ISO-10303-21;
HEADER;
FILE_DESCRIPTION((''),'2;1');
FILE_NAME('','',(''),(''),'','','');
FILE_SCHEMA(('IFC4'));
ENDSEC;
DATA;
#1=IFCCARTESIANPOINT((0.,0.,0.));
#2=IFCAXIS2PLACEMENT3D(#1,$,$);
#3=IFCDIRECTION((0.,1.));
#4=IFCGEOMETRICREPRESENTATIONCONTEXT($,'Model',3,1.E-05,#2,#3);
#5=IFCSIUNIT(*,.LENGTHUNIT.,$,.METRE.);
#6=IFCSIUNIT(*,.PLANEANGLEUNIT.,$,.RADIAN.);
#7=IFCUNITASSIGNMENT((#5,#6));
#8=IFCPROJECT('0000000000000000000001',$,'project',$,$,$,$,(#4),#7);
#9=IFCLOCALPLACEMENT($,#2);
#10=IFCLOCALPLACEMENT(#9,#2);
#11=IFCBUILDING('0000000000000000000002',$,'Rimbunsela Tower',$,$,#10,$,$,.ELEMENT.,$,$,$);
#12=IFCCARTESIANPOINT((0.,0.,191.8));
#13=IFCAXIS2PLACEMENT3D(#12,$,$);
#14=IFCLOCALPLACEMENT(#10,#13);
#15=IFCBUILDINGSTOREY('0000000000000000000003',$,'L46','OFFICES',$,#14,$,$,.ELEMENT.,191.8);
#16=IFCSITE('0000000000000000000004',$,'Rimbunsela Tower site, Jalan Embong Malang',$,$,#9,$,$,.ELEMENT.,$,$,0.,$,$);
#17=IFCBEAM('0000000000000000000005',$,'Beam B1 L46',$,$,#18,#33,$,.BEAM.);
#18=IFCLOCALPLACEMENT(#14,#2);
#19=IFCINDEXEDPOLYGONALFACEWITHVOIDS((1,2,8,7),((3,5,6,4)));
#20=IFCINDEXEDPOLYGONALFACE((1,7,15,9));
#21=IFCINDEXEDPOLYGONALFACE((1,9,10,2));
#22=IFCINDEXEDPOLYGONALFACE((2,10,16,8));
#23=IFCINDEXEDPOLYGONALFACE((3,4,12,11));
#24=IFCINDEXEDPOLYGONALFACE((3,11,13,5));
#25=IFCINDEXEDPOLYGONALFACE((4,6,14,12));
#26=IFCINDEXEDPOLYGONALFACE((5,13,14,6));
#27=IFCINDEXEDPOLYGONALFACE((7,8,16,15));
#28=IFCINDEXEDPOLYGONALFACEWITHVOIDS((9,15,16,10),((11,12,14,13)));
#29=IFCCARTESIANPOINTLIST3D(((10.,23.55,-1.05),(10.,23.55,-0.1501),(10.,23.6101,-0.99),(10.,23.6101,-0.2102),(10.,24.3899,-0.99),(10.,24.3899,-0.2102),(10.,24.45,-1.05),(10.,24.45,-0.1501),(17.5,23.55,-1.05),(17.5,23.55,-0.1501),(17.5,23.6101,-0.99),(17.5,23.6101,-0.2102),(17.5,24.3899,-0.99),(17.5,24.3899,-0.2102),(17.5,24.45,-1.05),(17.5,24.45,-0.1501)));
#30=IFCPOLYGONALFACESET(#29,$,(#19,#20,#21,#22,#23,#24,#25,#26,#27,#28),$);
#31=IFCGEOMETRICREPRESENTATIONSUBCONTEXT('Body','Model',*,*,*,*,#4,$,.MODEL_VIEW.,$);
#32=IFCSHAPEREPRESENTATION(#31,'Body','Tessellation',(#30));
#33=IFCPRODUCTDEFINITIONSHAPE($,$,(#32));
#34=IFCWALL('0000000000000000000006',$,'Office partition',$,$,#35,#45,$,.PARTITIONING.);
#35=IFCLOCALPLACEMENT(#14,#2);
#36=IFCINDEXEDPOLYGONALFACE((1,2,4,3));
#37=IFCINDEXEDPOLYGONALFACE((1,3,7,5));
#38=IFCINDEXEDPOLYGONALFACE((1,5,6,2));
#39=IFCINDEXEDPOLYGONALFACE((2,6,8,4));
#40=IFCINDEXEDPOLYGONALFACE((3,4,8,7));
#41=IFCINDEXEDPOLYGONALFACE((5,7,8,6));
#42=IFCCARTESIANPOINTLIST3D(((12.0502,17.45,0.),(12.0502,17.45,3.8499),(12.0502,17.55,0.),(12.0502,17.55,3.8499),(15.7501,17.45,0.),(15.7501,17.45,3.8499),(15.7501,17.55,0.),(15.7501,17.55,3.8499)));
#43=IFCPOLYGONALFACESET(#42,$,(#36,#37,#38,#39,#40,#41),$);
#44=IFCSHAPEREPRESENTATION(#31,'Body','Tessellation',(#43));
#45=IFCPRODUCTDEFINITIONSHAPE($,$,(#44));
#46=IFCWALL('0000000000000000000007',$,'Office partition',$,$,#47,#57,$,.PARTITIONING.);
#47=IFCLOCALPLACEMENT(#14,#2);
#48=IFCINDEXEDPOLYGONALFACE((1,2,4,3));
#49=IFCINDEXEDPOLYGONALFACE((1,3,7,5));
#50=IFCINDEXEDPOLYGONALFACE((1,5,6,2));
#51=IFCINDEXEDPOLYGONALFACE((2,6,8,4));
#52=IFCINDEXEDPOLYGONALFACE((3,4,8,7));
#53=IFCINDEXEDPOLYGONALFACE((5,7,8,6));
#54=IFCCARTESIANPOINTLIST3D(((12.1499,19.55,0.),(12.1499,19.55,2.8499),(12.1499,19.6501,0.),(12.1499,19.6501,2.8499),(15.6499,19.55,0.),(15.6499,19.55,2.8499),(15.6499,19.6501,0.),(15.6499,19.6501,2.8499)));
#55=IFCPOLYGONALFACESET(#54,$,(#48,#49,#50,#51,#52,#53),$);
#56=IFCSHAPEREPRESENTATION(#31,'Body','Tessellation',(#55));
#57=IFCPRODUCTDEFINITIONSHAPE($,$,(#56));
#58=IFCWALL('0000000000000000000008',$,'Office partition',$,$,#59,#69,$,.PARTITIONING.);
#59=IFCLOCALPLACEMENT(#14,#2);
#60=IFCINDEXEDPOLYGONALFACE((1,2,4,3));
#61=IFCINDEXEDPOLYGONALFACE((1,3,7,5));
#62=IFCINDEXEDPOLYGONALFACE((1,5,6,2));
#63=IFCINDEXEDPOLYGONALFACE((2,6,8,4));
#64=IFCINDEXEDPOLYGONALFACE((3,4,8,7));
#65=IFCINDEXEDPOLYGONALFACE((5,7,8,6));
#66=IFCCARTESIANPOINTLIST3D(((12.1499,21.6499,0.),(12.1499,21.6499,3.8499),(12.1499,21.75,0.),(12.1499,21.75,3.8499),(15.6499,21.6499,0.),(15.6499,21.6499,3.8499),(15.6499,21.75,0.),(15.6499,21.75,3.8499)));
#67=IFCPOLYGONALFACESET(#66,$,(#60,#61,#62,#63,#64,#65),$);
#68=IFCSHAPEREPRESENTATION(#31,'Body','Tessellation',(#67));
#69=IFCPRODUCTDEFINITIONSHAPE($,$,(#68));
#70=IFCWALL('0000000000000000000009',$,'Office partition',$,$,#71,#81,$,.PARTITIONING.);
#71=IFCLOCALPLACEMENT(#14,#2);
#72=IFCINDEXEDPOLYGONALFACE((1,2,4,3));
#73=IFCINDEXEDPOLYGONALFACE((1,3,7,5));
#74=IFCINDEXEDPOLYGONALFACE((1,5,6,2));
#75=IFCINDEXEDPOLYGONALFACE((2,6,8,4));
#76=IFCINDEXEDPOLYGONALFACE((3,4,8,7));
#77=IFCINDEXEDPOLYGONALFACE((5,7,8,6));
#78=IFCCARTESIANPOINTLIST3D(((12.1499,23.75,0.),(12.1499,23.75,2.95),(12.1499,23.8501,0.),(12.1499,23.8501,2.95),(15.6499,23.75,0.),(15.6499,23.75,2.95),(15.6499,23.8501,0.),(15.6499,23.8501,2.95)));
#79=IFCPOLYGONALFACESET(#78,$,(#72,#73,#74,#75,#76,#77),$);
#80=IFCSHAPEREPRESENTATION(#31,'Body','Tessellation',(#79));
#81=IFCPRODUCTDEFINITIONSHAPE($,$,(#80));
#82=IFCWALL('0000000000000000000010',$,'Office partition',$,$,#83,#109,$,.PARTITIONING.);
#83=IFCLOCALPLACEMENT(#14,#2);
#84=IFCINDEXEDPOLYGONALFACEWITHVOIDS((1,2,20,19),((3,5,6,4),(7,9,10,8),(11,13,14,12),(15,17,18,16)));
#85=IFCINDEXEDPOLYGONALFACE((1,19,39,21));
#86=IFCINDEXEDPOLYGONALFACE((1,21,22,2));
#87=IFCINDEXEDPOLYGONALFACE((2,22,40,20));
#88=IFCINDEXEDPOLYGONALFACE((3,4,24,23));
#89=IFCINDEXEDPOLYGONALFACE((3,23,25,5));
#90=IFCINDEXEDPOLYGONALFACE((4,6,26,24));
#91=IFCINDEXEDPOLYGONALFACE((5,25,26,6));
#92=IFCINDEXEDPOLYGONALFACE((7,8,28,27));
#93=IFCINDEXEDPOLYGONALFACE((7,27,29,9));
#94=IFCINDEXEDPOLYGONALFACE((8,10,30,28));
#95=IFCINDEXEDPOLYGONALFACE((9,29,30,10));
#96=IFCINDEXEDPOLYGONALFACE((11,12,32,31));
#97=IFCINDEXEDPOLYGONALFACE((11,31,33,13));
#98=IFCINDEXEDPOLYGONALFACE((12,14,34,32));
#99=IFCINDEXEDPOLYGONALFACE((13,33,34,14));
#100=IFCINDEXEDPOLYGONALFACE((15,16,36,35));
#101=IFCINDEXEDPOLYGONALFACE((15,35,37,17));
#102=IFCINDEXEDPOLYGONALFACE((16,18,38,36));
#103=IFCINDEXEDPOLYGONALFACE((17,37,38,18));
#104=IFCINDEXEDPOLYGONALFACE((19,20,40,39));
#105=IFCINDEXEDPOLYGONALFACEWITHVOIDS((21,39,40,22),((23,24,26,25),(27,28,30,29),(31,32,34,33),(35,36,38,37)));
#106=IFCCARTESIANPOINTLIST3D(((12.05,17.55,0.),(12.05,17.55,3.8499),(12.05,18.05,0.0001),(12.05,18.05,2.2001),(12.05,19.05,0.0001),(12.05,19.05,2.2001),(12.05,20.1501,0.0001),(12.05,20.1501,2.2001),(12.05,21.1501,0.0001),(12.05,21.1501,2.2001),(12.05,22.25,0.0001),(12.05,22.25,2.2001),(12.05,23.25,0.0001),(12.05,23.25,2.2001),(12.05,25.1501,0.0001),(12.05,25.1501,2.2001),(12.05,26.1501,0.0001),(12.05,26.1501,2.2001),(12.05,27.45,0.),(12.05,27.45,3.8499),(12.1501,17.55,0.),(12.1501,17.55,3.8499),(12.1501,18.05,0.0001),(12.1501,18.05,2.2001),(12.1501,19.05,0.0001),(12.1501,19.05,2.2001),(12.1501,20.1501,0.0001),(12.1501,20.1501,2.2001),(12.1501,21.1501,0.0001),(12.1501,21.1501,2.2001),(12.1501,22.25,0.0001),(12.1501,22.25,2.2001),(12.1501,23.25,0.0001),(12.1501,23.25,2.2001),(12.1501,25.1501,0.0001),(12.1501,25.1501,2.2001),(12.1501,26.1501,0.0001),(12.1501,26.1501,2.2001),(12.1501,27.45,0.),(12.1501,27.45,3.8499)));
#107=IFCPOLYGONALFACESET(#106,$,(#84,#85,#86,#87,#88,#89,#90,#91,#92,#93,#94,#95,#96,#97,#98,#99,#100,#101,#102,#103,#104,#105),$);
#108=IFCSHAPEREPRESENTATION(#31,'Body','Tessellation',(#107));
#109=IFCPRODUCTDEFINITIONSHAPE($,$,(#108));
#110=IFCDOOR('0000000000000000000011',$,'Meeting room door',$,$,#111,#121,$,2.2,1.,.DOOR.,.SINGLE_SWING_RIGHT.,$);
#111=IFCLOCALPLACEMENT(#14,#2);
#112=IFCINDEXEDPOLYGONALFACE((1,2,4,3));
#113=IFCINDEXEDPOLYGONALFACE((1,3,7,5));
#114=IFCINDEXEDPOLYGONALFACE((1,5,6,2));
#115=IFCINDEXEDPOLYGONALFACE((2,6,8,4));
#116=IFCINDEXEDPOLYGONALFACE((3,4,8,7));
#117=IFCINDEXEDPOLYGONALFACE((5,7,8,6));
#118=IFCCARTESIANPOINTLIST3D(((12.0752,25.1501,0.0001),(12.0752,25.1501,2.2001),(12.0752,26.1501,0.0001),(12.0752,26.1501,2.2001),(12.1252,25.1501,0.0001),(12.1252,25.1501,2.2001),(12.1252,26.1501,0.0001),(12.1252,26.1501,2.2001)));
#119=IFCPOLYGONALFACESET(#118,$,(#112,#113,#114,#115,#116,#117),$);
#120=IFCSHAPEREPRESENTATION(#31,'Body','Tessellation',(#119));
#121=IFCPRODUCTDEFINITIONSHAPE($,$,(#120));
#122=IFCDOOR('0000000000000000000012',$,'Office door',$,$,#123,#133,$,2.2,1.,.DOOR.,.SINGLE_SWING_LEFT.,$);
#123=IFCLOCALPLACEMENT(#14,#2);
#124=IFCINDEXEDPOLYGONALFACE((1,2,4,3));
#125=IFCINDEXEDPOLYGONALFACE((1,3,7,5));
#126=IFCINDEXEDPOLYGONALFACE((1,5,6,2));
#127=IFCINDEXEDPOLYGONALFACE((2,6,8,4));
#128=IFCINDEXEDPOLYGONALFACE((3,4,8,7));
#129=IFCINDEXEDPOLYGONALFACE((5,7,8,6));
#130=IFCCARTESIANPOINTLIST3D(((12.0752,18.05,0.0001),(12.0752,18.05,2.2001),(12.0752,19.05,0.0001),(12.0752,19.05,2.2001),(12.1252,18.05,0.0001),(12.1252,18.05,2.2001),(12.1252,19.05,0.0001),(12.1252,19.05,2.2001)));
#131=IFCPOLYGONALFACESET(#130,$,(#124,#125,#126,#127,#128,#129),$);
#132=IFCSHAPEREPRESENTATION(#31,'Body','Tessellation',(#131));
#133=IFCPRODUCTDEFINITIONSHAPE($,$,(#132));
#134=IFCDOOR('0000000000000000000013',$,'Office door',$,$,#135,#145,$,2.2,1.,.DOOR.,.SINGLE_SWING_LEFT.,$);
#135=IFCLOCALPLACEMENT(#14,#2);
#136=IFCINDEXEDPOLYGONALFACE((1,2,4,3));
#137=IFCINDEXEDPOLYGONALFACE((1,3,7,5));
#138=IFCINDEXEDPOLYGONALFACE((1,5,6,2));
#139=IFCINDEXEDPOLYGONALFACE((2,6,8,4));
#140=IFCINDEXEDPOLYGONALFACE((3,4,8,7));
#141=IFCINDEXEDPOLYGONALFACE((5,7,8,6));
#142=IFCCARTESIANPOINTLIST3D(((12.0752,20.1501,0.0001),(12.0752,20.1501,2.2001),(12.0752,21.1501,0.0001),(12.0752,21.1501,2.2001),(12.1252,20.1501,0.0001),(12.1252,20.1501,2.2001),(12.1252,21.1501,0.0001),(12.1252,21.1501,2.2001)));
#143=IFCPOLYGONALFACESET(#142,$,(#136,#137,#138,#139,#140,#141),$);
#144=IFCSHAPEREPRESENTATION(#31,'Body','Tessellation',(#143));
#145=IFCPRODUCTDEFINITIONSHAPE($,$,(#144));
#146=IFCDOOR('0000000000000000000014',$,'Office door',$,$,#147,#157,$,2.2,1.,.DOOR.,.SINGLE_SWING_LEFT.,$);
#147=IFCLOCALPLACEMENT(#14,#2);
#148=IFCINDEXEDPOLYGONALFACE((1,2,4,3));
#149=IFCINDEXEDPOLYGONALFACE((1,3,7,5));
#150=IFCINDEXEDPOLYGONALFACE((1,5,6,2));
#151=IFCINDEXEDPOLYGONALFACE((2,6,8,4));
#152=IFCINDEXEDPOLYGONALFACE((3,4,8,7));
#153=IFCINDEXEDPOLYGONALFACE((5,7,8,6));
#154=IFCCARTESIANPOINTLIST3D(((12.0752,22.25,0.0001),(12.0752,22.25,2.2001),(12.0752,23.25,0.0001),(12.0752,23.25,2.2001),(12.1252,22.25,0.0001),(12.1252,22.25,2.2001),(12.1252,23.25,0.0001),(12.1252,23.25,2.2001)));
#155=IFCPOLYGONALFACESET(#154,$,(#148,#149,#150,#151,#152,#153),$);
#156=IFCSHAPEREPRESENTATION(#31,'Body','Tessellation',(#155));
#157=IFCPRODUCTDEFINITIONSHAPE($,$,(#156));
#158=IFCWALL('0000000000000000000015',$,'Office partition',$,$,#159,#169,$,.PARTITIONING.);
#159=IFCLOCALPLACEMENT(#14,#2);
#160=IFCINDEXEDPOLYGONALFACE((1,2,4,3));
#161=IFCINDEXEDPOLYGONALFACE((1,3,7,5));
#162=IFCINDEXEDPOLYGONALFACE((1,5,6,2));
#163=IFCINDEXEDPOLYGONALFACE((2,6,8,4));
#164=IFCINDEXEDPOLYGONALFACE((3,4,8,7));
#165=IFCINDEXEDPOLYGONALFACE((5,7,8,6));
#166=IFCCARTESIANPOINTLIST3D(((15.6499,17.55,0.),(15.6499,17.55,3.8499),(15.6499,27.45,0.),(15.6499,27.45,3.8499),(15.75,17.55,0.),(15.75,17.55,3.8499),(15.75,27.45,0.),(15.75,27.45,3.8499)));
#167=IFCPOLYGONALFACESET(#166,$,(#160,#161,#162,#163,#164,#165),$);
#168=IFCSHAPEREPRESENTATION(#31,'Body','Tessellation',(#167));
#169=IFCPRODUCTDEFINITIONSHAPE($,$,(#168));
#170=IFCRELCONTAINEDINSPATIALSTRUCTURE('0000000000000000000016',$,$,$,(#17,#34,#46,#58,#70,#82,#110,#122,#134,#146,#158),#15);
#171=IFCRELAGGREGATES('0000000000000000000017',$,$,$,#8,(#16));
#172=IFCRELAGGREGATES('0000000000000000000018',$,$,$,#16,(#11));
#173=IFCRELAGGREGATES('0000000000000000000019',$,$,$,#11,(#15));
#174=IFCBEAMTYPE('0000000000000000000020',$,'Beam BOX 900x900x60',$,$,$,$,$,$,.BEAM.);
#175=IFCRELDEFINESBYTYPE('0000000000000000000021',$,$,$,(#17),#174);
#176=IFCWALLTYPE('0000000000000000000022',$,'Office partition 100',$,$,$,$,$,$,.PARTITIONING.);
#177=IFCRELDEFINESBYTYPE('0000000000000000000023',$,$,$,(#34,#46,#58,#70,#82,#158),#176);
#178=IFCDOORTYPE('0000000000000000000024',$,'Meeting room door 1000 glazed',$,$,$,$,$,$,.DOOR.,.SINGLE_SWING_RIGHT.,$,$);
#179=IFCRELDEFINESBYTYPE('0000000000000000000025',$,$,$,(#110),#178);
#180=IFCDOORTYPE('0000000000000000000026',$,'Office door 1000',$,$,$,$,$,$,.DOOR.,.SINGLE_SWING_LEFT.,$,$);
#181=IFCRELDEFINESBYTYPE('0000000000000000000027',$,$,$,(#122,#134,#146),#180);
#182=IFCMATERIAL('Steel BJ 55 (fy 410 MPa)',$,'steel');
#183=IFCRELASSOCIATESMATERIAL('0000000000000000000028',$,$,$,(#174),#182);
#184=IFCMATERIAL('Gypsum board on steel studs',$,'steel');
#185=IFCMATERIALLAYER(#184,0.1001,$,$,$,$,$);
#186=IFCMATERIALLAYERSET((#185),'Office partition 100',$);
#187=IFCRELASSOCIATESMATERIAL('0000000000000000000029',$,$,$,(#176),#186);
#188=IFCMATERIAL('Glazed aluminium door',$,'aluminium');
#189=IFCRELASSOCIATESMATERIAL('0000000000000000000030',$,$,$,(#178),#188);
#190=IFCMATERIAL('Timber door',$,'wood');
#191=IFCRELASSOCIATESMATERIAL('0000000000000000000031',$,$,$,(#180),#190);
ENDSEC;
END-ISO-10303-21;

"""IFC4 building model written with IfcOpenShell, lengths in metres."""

from ifc_helpers import new_model, si_unit, direction, frame, frame_2d, origin, origin_2d, place, context, subcontext, project, spatial, rectangle, hollow_rectangle, extrude, material, layer, layer_set, material_profile, profile_set, type_object, element, fill, save


model = new_model("IFC4")

# Units and contexts
model_context = context("Model", 3, precision=1e-05, world=origin(), true_north=direction((0.0, 1.0)))
body_context = subcontext(model_context, "Body", "Model", "MODEL_VIEW")
ifc_project = project(units=[si_unit("LENGTHUNIT", "METRE"), si_unit("PLANEANGLEUNIT", "RADIAN")], contexts=[model_context])

# Site, building, storey
site_placement = place(None, origin())
site = spatial("IfcSite", under=ifc_project, at=site_placement, Name="Rimbunsela Tower site, Jalan Embong Malang", CompositionType="ELEMENT", RefElevation=0.0)
building_placement = place(site_placement, origin())
building = spatial("IfcBuilding", under=site, at=building_placement, Name="Rimbunsela Tower", CompositionType="ELEMENT")
storey_placement = place(building_placement, frame((0.0, 0.0, 191.8)))
storey = spatial("IfcBuildingStorey", under=building, at=storey_placement, Name="L46", Description="OFFICES", CompositionType="ELEMENT", Elevation=191.8)

# Beam
ifc_material_1 = material(Name="Steel BJ 55 (fy 410 MPa)", Category="steel")
ifc_material_profile_1 = material_profile(ifc_material_1, hollow_rectangle(XDim=0.8999, YDim=0.8999, WallThickness=0.0601, at=origin_2d()), Name="BOX 900x900x60")
ifc_profile_set_1 = profile_set([ifc_material_profile_1], Name="Steel BJ 55 (fy 410 MPa)")
beam_type_1 = type_object("IfcBeamType", Name="Beam BOX 900x900x60", PredefinedType="BEAM", material=ifc_profile_set_1)
beam_1_placement = place(storey_placement, frame((10.0, 24.0, -0.6001), z_axis=(1.0, 0.0, 0.0), x_axis=(0.0, 1.0, 0.0)))
element("IfcBeam", 1, at=beam_1_placement, inside=storey, type_object=beam_type_1, Name="Beam B1 L46", PredefinedType="BEAM", context=body_context, shape_type="SweptSolid", body=[
    extrude(hollow_rectangle(XDim=0.8999, YDim=0.8999, WallThickness=0.0601, at=origin_2d()), origin(), (0.0, 0.0, 1.0), 7.5),
])

# Walls
ifc_material_2 = material(Name="Gypsum board on steel studs", Category="steel")
ifc_layer_1 = layer(ifc_material_2, 0.1001)
ifc_layer_set_1 = layer_set([ifc_layer_1], Name="Office partition 100")
wall_type_1 = type_object("IfcWallType", Name="Office partition 100", PredefinedType="PARTITIONING", material=ifc_layer_set_1)
wall_1_placement = place(storey_placement, frame((12.05, 17.5, 0.0), z_axis=(0.0, 0.0, 1.0), x_axis=(1.0, 0.0, 0.0)))
element("IfcWall", 2, at=wall_1_placement, inside=storey, type_object=wall_type_1, Name="Office partition", PredefinedType="PARTITIONING", context=body_context, shape_type="SweptSolid", body=[
    extrude(rectangle(XDim=3.7, YDim=0.1001, at=frame_2d((1.8501, 0.0))), origin(), (0.0, 0.0, 1.0), 3.8499),
])
wall_2_placement = place(storey_placement, frame((12.1499, 19.6001, 0.0), z_axis=(0.0, 0.0, 1.0), x_axis=(1.0, 0.0, 0.0)))
element("IfcWall", 3, at=wall_2_placement, inside=storey, type_object=wall_type_1, Name="Office partition", PredefinedType="PARTITIONING", context=body_context, shape_type="SweptSolid", body=[
    extrude(rectangle(XDim=3.5, YDim=0.1001, at=frame_2d((1.75, 0.0))), origin(), (0.0, 0.0, 1.0), 2.8499),
])
wall_3_placement = place(storey_placement, frame((12.1499, 21.7, 0.0), z_axis=(0.0, 0.0, 1.0), x_axis=(1.0, 0.0, 0.0)))
element("IfcWall", 4, at=wall_3_placement, inside=storey, type_object=wall_type_1, Name="Office partition", PredefinedType="PARTITIONING", context=body_context, shape_type="SweptSolid", body=[
    extrude(rectangle(XDim=3.5, YDim=0.1001, at=frame_2d((1.75, 0.0))), origin(), (0.0, 0.0, 1.0), 3.8499),
])
wall_4_placement = place(storey_placement, frame((12.1499, 23.8, 0.0), z_axis=(0.0, 0.0, 1.0), x_axis=(1.0, 0.0, 0.0)))
element("IfcWall", 5, at=wall_4_placement, inside=storey, type_object=wall_type_1, Name="Office partition", PredefinedType="PARTITIONING", context=body_context, shape_type="SweptSolid", body=[
    extrude(rectangle(XDim=3.5, YDim=0.1001, at=frame_2d((1.75, 0.0))), origin(), (0.0, 0.0, 1.0), 2.95),
])

# Wall, openings, doors
wall_5_placement = place(storey_placement, frame((12.1001, 17.55, 0.0), z_axis=(0.0, 0.0, 1.0), x_axis=(0.0, 1.0, 0.0)))
wall_5 = element("IfcWall", 6, at=wall_5_placement, inside=storey, type_object=wall_type_1, Name="Office partition", PredefinedType="PARTITIONING", context=body_context, shape_type="SweptSolid", body=[
    extrude(rectangle(XDim=9.8999, YDim=0.1001, at=frame_2d((4.95, 0.0))), origin(), (0.0, 0.0, 1.0), 3.8499),
])
opening_1_placement = place(wall_5_placement, frame((0.5, 0.0, 0.0)))
opening_1 = element("IfcOpeningElement", 7, at=opening_1_placement, cuts=wall_5, PredefinedType="OPENING", context=body_context, shape_type="SweptSolid", body=[
    extrude(rectangle(XDim=1.0, YDim=2.2, at=frame_2d((0.5, 1.1001))), frame((0.0, 0.0601, 0.0), z_axis=(0.0, -1.0, 0.0), x_axis=(1.0, 0.0, 0.0)), (0.0, 0.0, 1.0), 0.1201),
])
opening_2_placement = place(wall_5_placement, frame((2.6001, 0.0, 0.0)))
opening_2 = element("IfcOpeningElement", 8, at=opening_2_placement, cuts=wall_5, PredefinedType="OPENING", context=body_context, shape_type="SweptSolid", body=[
    extrude(rectangle(XDim=1.0, YDim=2.2, at=frame_2d((0.5, 1.1001))), frame((0.0, 0.0601, 0.0), z_axis=(0.0, -1.0, 0.0), x_axis=(1.0, 0.0, 0.0)), (0.0, 0.0, 1.0), 0.1201),
])
opening_3_placement = place(wall_5_placement, frame((4.7, 0.0, 0.0)))
opening_3 = element("IfcOpeningElement", 9, at=opening_3_placement, cuts=wall_5, PredefinedType="OPENING", context=body_context, shape_type="SweptSolid", body=[
    extrude(rectangle(XDim=1.0, YDim=2.2, at=frame_2d((0.5, 1.1001))), frame((0.0, 0.0601, 0.0), z_axis=(0.0, -1.0, 0.0), x_axis=(1.0, 0.0, 0.0)), (0.0, 0.0, 1.0), 0.1201),
])
opening_4_placement = place(wall_5_placement, frame((7.6001, 0.0, 0.0)))
opening_4 = element("IfcOpeningElement", 10, at=opening_4_placement, cuts=wall_5, PredefinedType="OPENING", context=body_context, shape_type="SweptSolid", body=[
    extrude(rectangle(XDim=1.0, YDim=2.2, at=frame_2d((0.5, 1.1001))), frame((0.0, 0.0601, 0.0), z_axis=(0.0, -1.0, 0.0), x_axis=(1.0, 0.0, 0.0)), (0.0, 0.0, 1.0), 0.1201),
])
ifc_material_3 = material(Name="Glazed aluminium door", Category="aluminium")
door_type_1 = type_object("IfcDoorType", Name="Meeting room door 1000 glazed", OperationType="SINGLE_SWING_RIGHT", PredefinedType="DOOR", material=ifc_material_3)
door_1_placement = place(opening_4_placement, origin())
door_1 = element("IfcDoor", 11, at=door_1_placement, inside=storey, type_object=door_type_1, Name="Meeting room door", OperationType="SINGLE_SWING_RIGHT", OverallHeight=2.2, OverallWidth=1.0, PredefinedType="DOOR", context=body_context, shape_type="SweptSolid", body=[
    extrude(rectangle(XDim=1.0, YDim=2.2, at=frame_2d((0.5, 1.1001))), frame((0.0, 0.0249, 0.0), z_axis=(0.0, -1.0, 0.0), x_axis=(1.0, 0.0, 0.0)), (0.0, 0.0, 1.0), 0.05),
])
fill(opening_4, door_1)
ifc_material_4 = material(Name="Timber door", Category="wood")
door_type_2 = type_object("IfcDoorType", Name="Office door 1000", OperationType="SINGLE_SWING_LEFT", PredefinedType="DOOR", material=ifc_material_4)
door_2_placement = place(opening_1_placement, origin())
door_2 = element("IfcDoor", 12, at=door_2_placement, inside=storey, type_object=door_type_2, Name="Office door", OperationType="SINGLE_SWING_LEFT", OverallHeight=2.2, OverallWidth=1.0, PredefinedType="DOOR", context=body_context, shape_type="SweptSolid", body=[
    extrude(rectangle(XDim=1.0, YDim=2.2, at=frame_2d((0.5, 1.1001))), frame((0.0, 0.0249, 0.0), z_axis=(0.0, -1.0, 0.0), x_axis=(1.0, 0.0, 0.0)), (0.0, 0.0, 1.0), 0.05),
])
fill(opening_1, door_2)
door_3_placement = place(opening_2_placement, origin())
door_3 = element("IfcDoor", 13, at=door_3_placement, inside=storey, type_object=door_type_2, Name="Office door", OperationType="SINGLE_SWING_LEFT", OverallHeight=2.2, OverallWidth=1.0, PredefinedType="DOOR", context=body_context, shape_type="SweptSolid", body=[
    extrude(rectangle(XDim=1.0, YDim=2.2, at=frame_2d((0.5, 1.1001))), frame((0.0, 0.0249, 0.0), z_axis=(0.0, -1.0, 0.0), x_axis=(1.0, 0.0, 0.0)), (0.0, 0.0, 1.0), 0.05),
])
fill(opening_2, door_3)
door_4_placement = place(opening_3_placement, origin())
door_4 = element("IfcDoor", 14, at=door_4_placement, inside=storey, type_object=door_type_2, Name="Office door", OperationType="SINGLE_SWING_LEFT", OverallHeight=2.2, OverallWidth=1.0, PredefinedType="DOOR", context=body_context, shape_type="SweptSolid", body=[
    extrude(rectangle(XDim=1.0, YDim=2.2, at=frame_2d((0.5, 1.1001))), frame((0.0, 0.0249, 0.0), z_axis=(0.0, -1.0, 0.0), x_axis=(1.0, 0.0, 0.0)), (0.0, 0.0, 1.0), 0.05),
])
fill(opening_3, door_4)

# Wall
wall_6_placement = place(storey_placement, frame((15.7, 17.55, 0.0), z_axis=(0.0, 0.0, 1.0), x_axis=(0.0, 1.0, 0.0)))
element("IfcWall", 15, at=wall_6_placement, inside=storey, type_object=wall_type_1, Name="Office partition", PredefinedType="PARTITIONING", context=body_context, shape_type="SweptSolid", body=[
    extrude(rectangle(XDim=9.8999, YDim=0.1001, at=frame_2d((4.95, 0.0))), origin(), (0.0, 0.0, 1.0), 3.8499),
])

save(model, "model.ifc")
